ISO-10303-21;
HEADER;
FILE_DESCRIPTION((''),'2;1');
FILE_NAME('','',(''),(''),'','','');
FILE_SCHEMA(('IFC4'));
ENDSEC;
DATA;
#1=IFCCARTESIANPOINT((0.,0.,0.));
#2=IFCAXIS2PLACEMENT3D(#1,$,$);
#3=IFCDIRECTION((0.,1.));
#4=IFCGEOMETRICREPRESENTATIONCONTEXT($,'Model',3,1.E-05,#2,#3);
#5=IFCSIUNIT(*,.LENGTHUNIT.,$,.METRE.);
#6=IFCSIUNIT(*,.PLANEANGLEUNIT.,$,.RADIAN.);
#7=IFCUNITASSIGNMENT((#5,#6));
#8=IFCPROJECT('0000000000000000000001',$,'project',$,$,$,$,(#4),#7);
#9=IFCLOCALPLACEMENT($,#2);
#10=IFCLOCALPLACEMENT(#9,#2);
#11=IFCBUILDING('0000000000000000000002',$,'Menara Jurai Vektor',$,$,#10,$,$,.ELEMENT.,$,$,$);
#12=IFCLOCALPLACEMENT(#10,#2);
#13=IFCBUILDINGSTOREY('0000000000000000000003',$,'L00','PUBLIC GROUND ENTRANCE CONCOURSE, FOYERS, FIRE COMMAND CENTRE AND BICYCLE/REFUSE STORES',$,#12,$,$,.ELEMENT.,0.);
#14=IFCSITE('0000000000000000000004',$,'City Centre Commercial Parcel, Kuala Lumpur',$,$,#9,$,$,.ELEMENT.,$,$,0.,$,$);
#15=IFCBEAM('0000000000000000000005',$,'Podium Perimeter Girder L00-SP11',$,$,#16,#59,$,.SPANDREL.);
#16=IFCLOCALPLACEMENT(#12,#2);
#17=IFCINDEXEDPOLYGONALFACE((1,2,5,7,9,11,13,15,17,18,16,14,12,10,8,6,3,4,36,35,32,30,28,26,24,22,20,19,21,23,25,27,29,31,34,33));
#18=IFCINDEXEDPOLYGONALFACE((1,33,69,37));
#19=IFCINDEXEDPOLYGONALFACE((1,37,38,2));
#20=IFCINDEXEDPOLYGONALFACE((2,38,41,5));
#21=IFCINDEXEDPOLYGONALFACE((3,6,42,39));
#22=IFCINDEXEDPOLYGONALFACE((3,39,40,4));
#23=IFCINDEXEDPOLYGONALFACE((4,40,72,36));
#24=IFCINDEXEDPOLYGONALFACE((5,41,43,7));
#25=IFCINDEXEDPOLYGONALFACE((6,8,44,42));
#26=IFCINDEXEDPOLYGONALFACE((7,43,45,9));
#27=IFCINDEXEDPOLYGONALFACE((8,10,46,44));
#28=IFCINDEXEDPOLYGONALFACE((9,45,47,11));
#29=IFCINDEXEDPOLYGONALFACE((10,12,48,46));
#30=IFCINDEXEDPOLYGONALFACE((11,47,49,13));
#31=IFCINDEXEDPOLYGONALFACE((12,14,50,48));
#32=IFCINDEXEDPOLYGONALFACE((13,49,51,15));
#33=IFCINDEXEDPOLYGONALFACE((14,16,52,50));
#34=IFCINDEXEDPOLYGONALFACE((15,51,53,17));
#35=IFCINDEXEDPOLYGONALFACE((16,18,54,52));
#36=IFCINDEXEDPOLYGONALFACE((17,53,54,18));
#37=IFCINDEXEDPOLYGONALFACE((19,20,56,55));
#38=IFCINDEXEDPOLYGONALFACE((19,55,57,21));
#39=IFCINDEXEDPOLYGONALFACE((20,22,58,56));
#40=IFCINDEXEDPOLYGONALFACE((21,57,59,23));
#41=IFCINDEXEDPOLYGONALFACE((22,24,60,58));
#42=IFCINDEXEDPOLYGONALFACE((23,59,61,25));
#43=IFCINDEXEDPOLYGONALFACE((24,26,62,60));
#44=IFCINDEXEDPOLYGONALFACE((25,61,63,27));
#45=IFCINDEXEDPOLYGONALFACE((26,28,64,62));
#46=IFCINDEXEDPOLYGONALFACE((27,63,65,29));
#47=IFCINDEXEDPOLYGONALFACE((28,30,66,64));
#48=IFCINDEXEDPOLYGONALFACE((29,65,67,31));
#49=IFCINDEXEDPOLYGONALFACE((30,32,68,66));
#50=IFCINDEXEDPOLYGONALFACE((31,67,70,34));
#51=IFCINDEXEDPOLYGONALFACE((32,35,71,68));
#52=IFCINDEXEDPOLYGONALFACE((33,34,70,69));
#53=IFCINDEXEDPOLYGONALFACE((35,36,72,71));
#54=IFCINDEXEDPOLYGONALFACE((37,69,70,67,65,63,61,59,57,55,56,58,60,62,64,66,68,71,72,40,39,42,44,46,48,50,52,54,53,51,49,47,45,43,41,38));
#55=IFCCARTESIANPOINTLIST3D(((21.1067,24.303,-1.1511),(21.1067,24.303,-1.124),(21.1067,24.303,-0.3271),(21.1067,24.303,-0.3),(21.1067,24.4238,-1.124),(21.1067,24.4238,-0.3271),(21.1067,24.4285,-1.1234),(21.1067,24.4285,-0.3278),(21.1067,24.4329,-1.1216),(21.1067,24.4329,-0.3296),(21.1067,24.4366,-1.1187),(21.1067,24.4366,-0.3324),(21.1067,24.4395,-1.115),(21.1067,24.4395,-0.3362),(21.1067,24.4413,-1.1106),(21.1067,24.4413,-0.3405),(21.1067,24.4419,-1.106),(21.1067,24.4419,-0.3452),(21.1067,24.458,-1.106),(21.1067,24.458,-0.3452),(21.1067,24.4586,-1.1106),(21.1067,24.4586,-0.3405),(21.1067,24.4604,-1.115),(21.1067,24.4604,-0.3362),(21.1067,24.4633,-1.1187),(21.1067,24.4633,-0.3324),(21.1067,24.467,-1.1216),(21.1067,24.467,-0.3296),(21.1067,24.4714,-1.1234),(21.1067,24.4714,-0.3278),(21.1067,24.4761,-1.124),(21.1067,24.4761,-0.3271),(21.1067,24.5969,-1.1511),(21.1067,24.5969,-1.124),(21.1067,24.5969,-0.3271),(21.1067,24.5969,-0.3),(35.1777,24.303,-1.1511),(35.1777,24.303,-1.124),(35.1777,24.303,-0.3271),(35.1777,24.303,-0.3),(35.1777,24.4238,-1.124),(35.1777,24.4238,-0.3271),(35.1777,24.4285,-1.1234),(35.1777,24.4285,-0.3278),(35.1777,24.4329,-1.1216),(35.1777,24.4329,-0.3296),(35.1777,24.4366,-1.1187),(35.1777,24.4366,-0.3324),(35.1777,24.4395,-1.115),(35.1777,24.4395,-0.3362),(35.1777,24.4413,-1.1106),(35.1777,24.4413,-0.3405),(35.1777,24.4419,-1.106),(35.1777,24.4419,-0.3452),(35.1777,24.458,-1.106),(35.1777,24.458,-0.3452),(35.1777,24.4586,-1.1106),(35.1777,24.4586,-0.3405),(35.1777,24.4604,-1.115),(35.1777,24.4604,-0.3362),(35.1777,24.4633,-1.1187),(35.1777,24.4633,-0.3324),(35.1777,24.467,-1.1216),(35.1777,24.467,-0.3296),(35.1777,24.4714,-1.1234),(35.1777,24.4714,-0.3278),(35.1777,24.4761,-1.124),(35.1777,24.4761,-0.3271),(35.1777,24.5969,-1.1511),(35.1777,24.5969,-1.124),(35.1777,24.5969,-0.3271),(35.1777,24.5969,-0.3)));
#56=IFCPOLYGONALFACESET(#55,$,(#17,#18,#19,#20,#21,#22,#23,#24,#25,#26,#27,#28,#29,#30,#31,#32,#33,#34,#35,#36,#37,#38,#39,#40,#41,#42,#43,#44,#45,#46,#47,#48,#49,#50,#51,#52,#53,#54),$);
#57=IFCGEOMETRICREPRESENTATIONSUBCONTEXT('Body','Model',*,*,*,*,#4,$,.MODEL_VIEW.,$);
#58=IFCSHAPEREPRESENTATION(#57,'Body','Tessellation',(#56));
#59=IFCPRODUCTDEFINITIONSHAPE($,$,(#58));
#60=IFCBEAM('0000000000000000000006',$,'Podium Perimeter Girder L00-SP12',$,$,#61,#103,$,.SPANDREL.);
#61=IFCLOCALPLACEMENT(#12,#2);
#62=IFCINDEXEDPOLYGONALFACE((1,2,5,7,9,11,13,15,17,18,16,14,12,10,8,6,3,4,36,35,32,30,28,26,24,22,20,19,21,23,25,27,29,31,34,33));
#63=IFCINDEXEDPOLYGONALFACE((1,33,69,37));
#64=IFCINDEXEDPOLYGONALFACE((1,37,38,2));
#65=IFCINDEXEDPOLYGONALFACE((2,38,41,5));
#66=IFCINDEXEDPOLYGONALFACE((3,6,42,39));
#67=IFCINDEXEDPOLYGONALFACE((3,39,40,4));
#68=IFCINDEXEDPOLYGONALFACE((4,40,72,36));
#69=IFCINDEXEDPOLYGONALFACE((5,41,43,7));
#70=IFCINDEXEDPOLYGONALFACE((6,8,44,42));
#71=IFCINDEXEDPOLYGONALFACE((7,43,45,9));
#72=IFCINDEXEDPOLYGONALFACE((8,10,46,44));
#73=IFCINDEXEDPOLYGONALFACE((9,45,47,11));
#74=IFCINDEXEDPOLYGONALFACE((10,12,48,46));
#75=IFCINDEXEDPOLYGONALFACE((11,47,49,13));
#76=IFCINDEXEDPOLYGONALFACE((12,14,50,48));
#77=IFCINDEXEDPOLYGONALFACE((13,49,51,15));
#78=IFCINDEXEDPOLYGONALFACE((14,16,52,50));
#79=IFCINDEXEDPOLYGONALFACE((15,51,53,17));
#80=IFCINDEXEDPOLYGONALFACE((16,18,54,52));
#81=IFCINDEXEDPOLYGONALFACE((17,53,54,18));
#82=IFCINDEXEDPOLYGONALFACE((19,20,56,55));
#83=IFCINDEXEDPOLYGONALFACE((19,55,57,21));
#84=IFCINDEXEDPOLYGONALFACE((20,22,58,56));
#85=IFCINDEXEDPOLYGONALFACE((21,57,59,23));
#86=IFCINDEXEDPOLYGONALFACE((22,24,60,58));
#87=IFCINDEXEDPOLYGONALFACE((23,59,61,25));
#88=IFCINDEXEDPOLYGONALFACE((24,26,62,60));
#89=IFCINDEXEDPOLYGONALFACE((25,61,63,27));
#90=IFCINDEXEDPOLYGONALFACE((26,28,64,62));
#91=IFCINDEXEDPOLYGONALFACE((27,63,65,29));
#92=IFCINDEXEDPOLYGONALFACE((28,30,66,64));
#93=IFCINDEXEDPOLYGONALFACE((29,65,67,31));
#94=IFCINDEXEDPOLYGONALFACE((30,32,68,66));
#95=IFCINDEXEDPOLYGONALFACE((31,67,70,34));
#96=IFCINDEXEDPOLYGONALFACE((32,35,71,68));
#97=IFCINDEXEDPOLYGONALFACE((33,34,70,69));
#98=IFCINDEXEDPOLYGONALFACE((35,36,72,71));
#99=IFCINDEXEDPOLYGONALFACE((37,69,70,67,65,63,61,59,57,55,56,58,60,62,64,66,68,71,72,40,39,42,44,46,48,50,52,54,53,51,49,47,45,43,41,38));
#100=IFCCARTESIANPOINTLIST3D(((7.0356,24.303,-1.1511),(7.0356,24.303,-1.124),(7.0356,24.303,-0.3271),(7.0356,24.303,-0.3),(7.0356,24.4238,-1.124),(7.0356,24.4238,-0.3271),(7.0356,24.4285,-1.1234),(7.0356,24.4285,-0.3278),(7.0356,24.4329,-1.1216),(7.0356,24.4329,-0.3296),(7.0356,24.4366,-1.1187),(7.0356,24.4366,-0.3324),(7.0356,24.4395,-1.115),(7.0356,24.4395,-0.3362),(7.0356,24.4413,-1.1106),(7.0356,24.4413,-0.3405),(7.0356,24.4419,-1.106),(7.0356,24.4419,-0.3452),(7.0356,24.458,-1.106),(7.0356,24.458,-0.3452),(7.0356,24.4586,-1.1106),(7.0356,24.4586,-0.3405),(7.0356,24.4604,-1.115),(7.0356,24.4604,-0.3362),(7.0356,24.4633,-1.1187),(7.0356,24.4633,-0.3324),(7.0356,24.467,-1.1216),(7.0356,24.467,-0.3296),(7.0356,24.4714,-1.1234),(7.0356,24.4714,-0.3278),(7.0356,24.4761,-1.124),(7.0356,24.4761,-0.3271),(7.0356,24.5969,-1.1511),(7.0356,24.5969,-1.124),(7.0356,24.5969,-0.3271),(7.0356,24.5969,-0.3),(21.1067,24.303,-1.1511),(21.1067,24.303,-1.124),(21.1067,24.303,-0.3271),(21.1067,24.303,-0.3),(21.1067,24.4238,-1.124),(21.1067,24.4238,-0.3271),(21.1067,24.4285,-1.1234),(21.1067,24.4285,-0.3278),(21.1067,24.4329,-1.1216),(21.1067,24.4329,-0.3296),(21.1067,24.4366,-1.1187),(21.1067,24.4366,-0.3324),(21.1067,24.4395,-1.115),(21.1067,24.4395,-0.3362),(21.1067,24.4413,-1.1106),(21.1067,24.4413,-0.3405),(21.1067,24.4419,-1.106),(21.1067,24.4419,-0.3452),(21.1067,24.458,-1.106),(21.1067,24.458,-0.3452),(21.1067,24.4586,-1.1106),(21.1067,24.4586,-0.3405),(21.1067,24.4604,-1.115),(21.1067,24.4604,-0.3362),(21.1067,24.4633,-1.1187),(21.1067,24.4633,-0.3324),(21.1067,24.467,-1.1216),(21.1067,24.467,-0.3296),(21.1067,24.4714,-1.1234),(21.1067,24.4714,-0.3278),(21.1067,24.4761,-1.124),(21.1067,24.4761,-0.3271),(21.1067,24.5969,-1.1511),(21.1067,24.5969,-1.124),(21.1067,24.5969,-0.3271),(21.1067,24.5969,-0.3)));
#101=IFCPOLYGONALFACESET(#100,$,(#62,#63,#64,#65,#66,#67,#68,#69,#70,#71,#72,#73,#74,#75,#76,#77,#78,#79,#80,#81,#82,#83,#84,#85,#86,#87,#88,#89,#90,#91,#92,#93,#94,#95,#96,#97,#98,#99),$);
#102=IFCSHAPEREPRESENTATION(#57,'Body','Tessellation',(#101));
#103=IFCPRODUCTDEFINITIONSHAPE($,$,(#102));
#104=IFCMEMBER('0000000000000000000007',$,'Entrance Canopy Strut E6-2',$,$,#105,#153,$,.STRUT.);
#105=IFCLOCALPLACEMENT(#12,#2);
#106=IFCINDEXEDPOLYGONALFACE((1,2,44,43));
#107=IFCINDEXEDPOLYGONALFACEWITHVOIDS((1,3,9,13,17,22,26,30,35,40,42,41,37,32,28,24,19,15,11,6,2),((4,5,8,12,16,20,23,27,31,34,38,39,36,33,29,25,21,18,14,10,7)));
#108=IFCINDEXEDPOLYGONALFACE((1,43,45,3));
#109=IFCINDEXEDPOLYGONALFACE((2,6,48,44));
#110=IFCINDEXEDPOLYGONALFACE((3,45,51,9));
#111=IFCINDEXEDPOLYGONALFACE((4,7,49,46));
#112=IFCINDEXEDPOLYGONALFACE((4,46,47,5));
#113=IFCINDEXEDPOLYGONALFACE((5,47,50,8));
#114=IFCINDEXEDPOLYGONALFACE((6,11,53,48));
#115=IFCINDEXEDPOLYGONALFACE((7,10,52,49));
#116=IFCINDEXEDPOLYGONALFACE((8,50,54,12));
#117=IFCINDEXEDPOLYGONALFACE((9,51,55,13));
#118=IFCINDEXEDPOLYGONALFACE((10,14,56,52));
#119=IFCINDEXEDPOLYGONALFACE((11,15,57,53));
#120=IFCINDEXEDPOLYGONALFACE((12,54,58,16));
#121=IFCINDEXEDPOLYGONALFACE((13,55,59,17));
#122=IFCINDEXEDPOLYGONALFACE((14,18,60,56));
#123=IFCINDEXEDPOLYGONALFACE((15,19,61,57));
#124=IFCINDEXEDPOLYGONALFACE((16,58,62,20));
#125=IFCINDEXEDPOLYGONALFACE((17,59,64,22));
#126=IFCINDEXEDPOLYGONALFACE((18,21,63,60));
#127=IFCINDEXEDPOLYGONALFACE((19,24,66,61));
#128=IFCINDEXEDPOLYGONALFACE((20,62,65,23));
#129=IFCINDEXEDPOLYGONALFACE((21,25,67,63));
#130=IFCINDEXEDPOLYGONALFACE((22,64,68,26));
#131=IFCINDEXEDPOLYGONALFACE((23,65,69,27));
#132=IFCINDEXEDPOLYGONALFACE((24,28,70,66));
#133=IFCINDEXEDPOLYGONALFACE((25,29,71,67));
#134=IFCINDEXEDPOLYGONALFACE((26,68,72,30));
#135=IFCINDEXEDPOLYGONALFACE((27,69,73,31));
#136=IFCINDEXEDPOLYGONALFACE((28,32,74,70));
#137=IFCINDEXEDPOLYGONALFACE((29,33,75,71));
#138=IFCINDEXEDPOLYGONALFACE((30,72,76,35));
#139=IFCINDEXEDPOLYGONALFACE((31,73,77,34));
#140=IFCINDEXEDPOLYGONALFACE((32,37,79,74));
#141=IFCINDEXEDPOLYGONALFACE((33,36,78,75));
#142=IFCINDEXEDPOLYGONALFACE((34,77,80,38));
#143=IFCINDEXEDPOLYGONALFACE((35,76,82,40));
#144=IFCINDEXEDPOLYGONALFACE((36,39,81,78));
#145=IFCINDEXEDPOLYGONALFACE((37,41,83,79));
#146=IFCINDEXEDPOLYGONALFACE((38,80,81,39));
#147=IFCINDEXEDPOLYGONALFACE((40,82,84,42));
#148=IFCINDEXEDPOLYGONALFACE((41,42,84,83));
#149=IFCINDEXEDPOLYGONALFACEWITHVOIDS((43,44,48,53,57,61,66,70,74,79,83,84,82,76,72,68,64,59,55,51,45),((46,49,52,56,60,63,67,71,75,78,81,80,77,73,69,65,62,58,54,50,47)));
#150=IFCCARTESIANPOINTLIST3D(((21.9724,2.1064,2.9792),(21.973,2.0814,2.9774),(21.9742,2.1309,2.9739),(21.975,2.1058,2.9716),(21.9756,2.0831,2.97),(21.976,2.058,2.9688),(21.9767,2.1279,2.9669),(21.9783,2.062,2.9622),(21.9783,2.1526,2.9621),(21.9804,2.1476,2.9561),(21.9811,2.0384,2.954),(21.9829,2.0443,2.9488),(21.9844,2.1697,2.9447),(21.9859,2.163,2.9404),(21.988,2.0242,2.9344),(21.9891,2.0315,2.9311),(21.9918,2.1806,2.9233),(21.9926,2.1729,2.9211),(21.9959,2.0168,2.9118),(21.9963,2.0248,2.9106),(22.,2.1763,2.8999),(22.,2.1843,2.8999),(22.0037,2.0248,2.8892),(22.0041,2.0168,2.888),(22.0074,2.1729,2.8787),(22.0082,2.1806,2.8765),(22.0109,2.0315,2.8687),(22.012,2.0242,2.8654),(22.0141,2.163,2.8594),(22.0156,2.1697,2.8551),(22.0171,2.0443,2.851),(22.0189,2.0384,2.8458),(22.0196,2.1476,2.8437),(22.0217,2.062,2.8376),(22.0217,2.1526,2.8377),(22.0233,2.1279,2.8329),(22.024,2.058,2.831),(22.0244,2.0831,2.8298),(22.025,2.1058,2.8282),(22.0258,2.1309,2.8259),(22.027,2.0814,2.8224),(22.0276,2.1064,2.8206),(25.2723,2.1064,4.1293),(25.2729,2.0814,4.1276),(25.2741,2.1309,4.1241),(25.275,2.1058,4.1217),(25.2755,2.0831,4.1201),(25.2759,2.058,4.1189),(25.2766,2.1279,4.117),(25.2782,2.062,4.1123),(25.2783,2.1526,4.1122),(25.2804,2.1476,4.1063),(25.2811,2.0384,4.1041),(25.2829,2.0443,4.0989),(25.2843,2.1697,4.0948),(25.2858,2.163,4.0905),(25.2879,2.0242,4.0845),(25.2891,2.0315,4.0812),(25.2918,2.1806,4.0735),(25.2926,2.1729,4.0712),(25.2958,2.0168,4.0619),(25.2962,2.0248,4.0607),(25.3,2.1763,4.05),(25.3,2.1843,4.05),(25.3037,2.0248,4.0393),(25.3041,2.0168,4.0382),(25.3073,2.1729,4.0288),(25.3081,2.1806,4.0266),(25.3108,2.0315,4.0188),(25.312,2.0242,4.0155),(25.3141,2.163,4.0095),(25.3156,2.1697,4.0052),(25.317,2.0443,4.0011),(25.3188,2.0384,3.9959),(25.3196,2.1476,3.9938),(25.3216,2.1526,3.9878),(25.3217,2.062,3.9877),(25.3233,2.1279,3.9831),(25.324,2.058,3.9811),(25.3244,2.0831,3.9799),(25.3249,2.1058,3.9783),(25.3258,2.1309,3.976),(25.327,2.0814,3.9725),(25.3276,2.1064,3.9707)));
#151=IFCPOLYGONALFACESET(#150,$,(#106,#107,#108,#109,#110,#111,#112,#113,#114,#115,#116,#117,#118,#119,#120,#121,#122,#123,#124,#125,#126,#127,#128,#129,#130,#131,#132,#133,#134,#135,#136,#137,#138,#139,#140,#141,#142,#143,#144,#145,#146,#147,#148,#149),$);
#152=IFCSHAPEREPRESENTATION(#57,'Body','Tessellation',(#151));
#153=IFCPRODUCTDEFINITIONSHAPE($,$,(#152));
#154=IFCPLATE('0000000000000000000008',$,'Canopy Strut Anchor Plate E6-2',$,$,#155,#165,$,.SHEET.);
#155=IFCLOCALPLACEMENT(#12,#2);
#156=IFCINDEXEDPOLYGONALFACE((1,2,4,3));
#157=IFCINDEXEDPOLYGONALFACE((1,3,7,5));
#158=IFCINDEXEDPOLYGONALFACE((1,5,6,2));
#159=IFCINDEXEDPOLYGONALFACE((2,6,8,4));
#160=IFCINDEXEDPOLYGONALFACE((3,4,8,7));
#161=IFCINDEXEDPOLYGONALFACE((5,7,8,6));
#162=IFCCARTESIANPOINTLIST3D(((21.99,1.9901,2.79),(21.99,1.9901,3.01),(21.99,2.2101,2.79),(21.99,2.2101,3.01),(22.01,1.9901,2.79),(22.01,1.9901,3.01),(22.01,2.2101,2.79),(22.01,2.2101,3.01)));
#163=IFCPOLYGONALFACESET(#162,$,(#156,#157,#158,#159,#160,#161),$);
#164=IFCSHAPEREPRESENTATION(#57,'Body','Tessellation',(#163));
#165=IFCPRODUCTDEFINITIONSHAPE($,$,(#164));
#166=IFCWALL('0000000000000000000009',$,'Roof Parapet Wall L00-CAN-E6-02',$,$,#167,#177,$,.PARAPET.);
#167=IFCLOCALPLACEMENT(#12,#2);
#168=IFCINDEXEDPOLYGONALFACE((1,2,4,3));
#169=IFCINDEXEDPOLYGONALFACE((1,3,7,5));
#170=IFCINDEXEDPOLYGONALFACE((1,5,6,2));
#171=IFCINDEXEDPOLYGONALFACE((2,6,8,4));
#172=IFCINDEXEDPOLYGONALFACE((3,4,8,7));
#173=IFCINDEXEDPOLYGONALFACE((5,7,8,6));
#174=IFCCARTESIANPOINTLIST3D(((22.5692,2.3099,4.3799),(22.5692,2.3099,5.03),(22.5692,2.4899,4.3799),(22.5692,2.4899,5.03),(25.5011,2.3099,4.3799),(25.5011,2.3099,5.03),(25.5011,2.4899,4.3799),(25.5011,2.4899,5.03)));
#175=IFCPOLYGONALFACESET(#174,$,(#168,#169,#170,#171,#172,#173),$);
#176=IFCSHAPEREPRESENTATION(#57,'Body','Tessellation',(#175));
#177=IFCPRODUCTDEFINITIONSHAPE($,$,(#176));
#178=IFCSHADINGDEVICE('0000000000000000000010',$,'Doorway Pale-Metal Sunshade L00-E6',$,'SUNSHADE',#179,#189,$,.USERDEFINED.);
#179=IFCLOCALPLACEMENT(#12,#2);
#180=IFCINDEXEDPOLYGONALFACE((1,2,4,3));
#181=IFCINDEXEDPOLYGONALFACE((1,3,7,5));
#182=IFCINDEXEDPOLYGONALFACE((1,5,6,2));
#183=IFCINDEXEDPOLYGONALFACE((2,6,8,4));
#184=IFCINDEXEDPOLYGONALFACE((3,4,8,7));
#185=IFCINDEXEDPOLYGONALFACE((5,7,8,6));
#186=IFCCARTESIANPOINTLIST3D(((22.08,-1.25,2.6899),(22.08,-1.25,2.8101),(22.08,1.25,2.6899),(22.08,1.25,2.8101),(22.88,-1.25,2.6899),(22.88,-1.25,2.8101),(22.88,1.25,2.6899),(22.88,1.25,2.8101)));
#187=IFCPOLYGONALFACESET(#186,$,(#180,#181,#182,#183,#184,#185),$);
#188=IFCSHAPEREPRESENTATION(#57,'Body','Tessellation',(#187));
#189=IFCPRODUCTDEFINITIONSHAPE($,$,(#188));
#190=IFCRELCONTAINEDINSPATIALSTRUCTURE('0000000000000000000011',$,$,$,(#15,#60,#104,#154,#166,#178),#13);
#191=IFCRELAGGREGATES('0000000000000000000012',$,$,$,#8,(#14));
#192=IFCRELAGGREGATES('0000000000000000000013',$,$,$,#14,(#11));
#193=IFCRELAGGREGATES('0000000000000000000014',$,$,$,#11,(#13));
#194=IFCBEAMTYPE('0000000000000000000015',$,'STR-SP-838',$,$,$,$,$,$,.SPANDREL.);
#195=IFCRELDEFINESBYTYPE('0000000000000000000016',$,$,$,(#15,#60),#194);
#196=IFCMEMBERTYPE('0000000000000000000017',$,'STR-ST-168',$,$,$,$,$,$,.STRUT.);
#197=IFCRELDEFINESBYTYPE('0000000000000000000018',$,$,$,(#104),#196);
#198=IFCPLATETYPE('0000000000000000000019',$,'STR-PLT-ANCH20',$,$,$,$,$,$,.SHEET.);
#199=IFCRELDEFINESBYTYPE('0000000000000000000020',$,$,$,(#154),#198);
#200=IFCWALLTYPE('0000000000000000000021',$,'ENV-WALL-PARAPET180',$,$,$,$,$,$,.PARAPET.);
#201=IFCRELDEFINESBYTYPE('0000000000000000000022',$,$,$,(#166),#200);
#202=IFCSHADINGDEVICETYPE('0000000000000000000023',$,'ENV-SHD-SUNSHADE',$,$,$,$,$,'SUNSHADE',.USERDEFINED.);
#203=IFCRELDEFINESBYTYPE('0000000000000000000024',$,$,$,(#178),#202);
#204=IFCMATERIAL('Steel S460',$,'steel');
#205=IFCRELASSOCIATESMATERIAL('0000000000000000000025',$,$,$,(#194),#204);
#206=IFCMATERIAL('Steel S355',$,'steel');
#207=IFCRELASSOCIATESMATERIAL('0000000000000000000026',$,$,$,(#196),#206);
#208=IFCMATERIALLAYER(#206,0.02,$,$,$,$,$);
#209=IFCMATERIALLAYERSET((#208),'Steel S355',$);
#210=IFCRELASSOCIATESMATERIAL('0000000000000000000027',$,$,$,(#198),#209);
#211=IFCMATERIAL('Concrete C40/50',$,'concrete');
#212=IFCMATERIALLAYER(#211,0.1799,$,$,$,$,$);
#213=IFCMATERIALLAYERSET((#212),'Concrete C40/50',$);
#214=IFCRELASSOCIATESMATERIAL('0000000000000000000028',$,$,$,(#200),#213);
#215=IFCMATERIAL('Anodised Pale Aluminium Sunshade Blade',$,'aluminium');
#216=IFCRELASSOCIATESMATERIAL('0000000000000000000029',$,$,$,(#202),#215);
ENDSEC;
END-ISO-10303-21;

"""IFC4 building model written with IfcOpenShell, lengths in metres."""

from ifc_helpers import new_model, si_unit, direction, frame, frame_2d, origin, origin_2d, place, context, subcontext, project, spatial, rectangle, hollow_circle, i_section, extrude, material, layer, layer_set, material_profile, profile_set, type_object, element, save


model = new_model("IFC4")

# Units and contexts
model_context = context("Model", 3, precision=1e-05, world=origin(), true_north=direction((0.0, 1.0)))
body_context = subcontext(model_context, "Body", "Model", "MODEL_VIEW")
ifc_project = project(units=[si_unit("LENGTHUNIT", "METRE"), si_unit("PLANEANGLEUNIT", "RADIAN")], contexts=[model_context])

# Site, building, storey
site_placement = place(None, origin())
site = spatial("IfcSite", under=ifc_project, at=site_placement, Name="City Centre Commercial Parcel, Kuala Lumpur", CompositionType="ELEMENT", RefElevation=0.0)
building_placement = place(site_placement, origin())
building = spatial("IfcBuilding", under=site, at=building_placement, Name="Menara Jurai Vektor", CompositionType="ELEMENT")
storey_placement = place(building_placement, origin())
storey = spatial("IfcBuildingStorey", under=building, at=storey_placement, Name="L00", Description="PUBLIC GROUND ENTRANCE CONCOURSE, FOYERS, FIRE COMMAND CENTRE AND BICYCLE/REFUSE STORES", CompositionType="ELEMENT", Elevation=0.0)

# Shared definitions
ifc_material_1 = material(Name="Concrete C40/50", Category="concrete")

# Shared definitions
ifc_material_2 = material(Name="Steel S355", Category="steel")
ifc_material_3 = material(Name="Steel S460", Category="steel")

# Beams
ifc_material_profile_1 = material_profile(ifc_material_3, i_section(OverallWidth=0.2939, OverallDepth=0.8511, WebThickness=0.0161, FlangeThickness=0.0271, FilletRadius=0.0181, at=origin_2d()), Name="UKB 838x292x226")
ifc_profile_set_1 = profile_set([ifc_material_profile_1], Name="Steel S460")
beam_type_1 = type_object("IfcBeamType", Name="STR-SP-838", PredefinedType="SPANDREL", material=ifc_profile_set_1)
for number, where, z_axis, x_axis, name in (
    (1, (35.1777, 24.45, -0.7256), (-1.0, 0.0, 0.0), (0.0, -1.0, 0.0), "Podium Perimeter Girder L00-SP11"),
    (2, (21.1067, 24.45, -0.7256), (-1.0, 0.0, 0.0), (0.0, -1.0, 0.0), "Podium Perimeter Girder L00-SP12"),
):
    element("IfcBeam", number, at=place(storey_placement, frame(where, z_axis=z_axis, x_axis=x_axis)), inside=storey, type_object=beam_type_1, Name=name, PredefinedType="SPANDREL", context=body_context, shape_type="SweptSolid", body=[
        extrude(i_section(OverallWidth=0.2939, OverallDepth=0.8511, WebThickness=0.0161, FlangeThickness=0.0271, FilletRadius=0.0181, at=origin_2d()), origin(), (0.0, 0.0, 1.0), 14.071),
    ])

# Member
ifc_material_profile_2 = material_profile(ifc_material_2, hollow_circle(Radius=0.0842, WallThickness=0.0081, at=origin_2d()), Name="CHS 168.3x8")
ifc_profile_set_2 = profile_set([ifc_material_profile_2], Name="Steel S355")
member_type = type_object("IfcMemberType", Name="STR-ST-168", PredefinedType="STRUT", material=ifc_profile_set_2)
member_placement = place(storey_placement, frame((22.0, 2.1001, 2.8999), z_axis=(0.944292, 0.0, 0.329109), x_axis=(0.0, 1.0, 0.0)))
element("IfcMember", 3, at=member_placement, inside=storey, type_object=member_type, Name="Entrance Canopy Strut E6-2", PredefinedType="STRUT", context=body_context, shape_type="SweptSolid", body=[
    extrude(hollow_circle(Radius=0.0842, WallThickness=0.0081, at=origin_2d()), origin(), (0.0, 0.0, 1.0), 3.4946),
])

# Plate
ifc_layer_1 = layer(ifc_material_2, 0.02)
ifc_layer_set_1 = layer_set([ifc_layer_1], Name="Steel S355")
plate_type = type_object("IfcPlateType", Name="STR-PLT-ANCH20", PredefinedType="SHEET", material=ifc_layer_set_1)
plate_placement = place(storey_placement, frame((22.0, 2.1001, 2.79), z_axis=(0.0, 0.0, 1.0), x_axis=(0.0, 1.0, 0.0)))
element("IfcPlate", 4, at=plate_placement, inside=storey, type_object=plate_type, Name="Canopy Strut Anchor Plate E6-2", PredefinedType="SHEET", context=body_context, shape_type="SweptSolid", body=[
    extrude(rectangle(XDim=0.22, YDim=0.02, at=origin_2d()), origin(), (0.0, 0.0, 1.0), 0.22),
])

# Wall
ifc_layer_2 = layer(ifc_material_1, 0.1799)
ifc_layer_set_2 = layer_set([ifc_layer_2], Name="Concrete C40/50")
wall_type = type_object("IfcWallType", Name="ENV-WALL-PARAPET180", PredefinedType="PARAPET", material=ifc_layer_set_2)
wall_placement = place(storey_placement, frame((25.501, 2.3999, 4.3799), z_axis=(0.0, 0.0, 1.0), x_axis=(-1.0, 0.0, 0.0)))
element("IfcWall", 5, at=wall_placement, inside=storey, type_object=wall_type, Name="Roof Parapet Wall L00-CAN-E6-02", PredefinedType="PARAPET", context=body_context, shape_type="SweptSolid", body=[
    extrude(rectangle(XDim=2.9319, YDim=0.1799, at=frame_2d((1.4658, 0.0))), origin(), (0.0, 0.0, 1.0), 0.6501),
])

# Shading device
ifc_material_4 = material(Name="Anodised Pale Aluminium Sunshade Blade", Category="aluminium")
shading_device_type = type_object("IfcShadingDeviceType", Name="ENV-SHD-SUNSHADE", ElementType="SUNSHADE", PredefinedType="USERDEFINED", material=ifc_material_4)
shading_device_placement = place(storey_placement, frame((22.48, 0.0, 2.6899), z_axis=(0.0, 0.0, 1.0), x_axis=(0.0, 1.0, 0.0)))
element("IfcShadingDevice", 6, at=shading_device_placement, inside=storey, type_object=shading_device_type, Name="Doorway Pale-Metal Sunshade L00-E6", ObjectType="SUNSHADE", PredefinedType="USERDEFINED", context=body_context, shape_type="SweptSolid", body=[
    extrude(rectangle(XDim=2.5, YDim=0.8, at=origin_2d()), origin(), (0.0, 0.0, 1.0), 0.1201),
])

save(model, "model.ifc")
